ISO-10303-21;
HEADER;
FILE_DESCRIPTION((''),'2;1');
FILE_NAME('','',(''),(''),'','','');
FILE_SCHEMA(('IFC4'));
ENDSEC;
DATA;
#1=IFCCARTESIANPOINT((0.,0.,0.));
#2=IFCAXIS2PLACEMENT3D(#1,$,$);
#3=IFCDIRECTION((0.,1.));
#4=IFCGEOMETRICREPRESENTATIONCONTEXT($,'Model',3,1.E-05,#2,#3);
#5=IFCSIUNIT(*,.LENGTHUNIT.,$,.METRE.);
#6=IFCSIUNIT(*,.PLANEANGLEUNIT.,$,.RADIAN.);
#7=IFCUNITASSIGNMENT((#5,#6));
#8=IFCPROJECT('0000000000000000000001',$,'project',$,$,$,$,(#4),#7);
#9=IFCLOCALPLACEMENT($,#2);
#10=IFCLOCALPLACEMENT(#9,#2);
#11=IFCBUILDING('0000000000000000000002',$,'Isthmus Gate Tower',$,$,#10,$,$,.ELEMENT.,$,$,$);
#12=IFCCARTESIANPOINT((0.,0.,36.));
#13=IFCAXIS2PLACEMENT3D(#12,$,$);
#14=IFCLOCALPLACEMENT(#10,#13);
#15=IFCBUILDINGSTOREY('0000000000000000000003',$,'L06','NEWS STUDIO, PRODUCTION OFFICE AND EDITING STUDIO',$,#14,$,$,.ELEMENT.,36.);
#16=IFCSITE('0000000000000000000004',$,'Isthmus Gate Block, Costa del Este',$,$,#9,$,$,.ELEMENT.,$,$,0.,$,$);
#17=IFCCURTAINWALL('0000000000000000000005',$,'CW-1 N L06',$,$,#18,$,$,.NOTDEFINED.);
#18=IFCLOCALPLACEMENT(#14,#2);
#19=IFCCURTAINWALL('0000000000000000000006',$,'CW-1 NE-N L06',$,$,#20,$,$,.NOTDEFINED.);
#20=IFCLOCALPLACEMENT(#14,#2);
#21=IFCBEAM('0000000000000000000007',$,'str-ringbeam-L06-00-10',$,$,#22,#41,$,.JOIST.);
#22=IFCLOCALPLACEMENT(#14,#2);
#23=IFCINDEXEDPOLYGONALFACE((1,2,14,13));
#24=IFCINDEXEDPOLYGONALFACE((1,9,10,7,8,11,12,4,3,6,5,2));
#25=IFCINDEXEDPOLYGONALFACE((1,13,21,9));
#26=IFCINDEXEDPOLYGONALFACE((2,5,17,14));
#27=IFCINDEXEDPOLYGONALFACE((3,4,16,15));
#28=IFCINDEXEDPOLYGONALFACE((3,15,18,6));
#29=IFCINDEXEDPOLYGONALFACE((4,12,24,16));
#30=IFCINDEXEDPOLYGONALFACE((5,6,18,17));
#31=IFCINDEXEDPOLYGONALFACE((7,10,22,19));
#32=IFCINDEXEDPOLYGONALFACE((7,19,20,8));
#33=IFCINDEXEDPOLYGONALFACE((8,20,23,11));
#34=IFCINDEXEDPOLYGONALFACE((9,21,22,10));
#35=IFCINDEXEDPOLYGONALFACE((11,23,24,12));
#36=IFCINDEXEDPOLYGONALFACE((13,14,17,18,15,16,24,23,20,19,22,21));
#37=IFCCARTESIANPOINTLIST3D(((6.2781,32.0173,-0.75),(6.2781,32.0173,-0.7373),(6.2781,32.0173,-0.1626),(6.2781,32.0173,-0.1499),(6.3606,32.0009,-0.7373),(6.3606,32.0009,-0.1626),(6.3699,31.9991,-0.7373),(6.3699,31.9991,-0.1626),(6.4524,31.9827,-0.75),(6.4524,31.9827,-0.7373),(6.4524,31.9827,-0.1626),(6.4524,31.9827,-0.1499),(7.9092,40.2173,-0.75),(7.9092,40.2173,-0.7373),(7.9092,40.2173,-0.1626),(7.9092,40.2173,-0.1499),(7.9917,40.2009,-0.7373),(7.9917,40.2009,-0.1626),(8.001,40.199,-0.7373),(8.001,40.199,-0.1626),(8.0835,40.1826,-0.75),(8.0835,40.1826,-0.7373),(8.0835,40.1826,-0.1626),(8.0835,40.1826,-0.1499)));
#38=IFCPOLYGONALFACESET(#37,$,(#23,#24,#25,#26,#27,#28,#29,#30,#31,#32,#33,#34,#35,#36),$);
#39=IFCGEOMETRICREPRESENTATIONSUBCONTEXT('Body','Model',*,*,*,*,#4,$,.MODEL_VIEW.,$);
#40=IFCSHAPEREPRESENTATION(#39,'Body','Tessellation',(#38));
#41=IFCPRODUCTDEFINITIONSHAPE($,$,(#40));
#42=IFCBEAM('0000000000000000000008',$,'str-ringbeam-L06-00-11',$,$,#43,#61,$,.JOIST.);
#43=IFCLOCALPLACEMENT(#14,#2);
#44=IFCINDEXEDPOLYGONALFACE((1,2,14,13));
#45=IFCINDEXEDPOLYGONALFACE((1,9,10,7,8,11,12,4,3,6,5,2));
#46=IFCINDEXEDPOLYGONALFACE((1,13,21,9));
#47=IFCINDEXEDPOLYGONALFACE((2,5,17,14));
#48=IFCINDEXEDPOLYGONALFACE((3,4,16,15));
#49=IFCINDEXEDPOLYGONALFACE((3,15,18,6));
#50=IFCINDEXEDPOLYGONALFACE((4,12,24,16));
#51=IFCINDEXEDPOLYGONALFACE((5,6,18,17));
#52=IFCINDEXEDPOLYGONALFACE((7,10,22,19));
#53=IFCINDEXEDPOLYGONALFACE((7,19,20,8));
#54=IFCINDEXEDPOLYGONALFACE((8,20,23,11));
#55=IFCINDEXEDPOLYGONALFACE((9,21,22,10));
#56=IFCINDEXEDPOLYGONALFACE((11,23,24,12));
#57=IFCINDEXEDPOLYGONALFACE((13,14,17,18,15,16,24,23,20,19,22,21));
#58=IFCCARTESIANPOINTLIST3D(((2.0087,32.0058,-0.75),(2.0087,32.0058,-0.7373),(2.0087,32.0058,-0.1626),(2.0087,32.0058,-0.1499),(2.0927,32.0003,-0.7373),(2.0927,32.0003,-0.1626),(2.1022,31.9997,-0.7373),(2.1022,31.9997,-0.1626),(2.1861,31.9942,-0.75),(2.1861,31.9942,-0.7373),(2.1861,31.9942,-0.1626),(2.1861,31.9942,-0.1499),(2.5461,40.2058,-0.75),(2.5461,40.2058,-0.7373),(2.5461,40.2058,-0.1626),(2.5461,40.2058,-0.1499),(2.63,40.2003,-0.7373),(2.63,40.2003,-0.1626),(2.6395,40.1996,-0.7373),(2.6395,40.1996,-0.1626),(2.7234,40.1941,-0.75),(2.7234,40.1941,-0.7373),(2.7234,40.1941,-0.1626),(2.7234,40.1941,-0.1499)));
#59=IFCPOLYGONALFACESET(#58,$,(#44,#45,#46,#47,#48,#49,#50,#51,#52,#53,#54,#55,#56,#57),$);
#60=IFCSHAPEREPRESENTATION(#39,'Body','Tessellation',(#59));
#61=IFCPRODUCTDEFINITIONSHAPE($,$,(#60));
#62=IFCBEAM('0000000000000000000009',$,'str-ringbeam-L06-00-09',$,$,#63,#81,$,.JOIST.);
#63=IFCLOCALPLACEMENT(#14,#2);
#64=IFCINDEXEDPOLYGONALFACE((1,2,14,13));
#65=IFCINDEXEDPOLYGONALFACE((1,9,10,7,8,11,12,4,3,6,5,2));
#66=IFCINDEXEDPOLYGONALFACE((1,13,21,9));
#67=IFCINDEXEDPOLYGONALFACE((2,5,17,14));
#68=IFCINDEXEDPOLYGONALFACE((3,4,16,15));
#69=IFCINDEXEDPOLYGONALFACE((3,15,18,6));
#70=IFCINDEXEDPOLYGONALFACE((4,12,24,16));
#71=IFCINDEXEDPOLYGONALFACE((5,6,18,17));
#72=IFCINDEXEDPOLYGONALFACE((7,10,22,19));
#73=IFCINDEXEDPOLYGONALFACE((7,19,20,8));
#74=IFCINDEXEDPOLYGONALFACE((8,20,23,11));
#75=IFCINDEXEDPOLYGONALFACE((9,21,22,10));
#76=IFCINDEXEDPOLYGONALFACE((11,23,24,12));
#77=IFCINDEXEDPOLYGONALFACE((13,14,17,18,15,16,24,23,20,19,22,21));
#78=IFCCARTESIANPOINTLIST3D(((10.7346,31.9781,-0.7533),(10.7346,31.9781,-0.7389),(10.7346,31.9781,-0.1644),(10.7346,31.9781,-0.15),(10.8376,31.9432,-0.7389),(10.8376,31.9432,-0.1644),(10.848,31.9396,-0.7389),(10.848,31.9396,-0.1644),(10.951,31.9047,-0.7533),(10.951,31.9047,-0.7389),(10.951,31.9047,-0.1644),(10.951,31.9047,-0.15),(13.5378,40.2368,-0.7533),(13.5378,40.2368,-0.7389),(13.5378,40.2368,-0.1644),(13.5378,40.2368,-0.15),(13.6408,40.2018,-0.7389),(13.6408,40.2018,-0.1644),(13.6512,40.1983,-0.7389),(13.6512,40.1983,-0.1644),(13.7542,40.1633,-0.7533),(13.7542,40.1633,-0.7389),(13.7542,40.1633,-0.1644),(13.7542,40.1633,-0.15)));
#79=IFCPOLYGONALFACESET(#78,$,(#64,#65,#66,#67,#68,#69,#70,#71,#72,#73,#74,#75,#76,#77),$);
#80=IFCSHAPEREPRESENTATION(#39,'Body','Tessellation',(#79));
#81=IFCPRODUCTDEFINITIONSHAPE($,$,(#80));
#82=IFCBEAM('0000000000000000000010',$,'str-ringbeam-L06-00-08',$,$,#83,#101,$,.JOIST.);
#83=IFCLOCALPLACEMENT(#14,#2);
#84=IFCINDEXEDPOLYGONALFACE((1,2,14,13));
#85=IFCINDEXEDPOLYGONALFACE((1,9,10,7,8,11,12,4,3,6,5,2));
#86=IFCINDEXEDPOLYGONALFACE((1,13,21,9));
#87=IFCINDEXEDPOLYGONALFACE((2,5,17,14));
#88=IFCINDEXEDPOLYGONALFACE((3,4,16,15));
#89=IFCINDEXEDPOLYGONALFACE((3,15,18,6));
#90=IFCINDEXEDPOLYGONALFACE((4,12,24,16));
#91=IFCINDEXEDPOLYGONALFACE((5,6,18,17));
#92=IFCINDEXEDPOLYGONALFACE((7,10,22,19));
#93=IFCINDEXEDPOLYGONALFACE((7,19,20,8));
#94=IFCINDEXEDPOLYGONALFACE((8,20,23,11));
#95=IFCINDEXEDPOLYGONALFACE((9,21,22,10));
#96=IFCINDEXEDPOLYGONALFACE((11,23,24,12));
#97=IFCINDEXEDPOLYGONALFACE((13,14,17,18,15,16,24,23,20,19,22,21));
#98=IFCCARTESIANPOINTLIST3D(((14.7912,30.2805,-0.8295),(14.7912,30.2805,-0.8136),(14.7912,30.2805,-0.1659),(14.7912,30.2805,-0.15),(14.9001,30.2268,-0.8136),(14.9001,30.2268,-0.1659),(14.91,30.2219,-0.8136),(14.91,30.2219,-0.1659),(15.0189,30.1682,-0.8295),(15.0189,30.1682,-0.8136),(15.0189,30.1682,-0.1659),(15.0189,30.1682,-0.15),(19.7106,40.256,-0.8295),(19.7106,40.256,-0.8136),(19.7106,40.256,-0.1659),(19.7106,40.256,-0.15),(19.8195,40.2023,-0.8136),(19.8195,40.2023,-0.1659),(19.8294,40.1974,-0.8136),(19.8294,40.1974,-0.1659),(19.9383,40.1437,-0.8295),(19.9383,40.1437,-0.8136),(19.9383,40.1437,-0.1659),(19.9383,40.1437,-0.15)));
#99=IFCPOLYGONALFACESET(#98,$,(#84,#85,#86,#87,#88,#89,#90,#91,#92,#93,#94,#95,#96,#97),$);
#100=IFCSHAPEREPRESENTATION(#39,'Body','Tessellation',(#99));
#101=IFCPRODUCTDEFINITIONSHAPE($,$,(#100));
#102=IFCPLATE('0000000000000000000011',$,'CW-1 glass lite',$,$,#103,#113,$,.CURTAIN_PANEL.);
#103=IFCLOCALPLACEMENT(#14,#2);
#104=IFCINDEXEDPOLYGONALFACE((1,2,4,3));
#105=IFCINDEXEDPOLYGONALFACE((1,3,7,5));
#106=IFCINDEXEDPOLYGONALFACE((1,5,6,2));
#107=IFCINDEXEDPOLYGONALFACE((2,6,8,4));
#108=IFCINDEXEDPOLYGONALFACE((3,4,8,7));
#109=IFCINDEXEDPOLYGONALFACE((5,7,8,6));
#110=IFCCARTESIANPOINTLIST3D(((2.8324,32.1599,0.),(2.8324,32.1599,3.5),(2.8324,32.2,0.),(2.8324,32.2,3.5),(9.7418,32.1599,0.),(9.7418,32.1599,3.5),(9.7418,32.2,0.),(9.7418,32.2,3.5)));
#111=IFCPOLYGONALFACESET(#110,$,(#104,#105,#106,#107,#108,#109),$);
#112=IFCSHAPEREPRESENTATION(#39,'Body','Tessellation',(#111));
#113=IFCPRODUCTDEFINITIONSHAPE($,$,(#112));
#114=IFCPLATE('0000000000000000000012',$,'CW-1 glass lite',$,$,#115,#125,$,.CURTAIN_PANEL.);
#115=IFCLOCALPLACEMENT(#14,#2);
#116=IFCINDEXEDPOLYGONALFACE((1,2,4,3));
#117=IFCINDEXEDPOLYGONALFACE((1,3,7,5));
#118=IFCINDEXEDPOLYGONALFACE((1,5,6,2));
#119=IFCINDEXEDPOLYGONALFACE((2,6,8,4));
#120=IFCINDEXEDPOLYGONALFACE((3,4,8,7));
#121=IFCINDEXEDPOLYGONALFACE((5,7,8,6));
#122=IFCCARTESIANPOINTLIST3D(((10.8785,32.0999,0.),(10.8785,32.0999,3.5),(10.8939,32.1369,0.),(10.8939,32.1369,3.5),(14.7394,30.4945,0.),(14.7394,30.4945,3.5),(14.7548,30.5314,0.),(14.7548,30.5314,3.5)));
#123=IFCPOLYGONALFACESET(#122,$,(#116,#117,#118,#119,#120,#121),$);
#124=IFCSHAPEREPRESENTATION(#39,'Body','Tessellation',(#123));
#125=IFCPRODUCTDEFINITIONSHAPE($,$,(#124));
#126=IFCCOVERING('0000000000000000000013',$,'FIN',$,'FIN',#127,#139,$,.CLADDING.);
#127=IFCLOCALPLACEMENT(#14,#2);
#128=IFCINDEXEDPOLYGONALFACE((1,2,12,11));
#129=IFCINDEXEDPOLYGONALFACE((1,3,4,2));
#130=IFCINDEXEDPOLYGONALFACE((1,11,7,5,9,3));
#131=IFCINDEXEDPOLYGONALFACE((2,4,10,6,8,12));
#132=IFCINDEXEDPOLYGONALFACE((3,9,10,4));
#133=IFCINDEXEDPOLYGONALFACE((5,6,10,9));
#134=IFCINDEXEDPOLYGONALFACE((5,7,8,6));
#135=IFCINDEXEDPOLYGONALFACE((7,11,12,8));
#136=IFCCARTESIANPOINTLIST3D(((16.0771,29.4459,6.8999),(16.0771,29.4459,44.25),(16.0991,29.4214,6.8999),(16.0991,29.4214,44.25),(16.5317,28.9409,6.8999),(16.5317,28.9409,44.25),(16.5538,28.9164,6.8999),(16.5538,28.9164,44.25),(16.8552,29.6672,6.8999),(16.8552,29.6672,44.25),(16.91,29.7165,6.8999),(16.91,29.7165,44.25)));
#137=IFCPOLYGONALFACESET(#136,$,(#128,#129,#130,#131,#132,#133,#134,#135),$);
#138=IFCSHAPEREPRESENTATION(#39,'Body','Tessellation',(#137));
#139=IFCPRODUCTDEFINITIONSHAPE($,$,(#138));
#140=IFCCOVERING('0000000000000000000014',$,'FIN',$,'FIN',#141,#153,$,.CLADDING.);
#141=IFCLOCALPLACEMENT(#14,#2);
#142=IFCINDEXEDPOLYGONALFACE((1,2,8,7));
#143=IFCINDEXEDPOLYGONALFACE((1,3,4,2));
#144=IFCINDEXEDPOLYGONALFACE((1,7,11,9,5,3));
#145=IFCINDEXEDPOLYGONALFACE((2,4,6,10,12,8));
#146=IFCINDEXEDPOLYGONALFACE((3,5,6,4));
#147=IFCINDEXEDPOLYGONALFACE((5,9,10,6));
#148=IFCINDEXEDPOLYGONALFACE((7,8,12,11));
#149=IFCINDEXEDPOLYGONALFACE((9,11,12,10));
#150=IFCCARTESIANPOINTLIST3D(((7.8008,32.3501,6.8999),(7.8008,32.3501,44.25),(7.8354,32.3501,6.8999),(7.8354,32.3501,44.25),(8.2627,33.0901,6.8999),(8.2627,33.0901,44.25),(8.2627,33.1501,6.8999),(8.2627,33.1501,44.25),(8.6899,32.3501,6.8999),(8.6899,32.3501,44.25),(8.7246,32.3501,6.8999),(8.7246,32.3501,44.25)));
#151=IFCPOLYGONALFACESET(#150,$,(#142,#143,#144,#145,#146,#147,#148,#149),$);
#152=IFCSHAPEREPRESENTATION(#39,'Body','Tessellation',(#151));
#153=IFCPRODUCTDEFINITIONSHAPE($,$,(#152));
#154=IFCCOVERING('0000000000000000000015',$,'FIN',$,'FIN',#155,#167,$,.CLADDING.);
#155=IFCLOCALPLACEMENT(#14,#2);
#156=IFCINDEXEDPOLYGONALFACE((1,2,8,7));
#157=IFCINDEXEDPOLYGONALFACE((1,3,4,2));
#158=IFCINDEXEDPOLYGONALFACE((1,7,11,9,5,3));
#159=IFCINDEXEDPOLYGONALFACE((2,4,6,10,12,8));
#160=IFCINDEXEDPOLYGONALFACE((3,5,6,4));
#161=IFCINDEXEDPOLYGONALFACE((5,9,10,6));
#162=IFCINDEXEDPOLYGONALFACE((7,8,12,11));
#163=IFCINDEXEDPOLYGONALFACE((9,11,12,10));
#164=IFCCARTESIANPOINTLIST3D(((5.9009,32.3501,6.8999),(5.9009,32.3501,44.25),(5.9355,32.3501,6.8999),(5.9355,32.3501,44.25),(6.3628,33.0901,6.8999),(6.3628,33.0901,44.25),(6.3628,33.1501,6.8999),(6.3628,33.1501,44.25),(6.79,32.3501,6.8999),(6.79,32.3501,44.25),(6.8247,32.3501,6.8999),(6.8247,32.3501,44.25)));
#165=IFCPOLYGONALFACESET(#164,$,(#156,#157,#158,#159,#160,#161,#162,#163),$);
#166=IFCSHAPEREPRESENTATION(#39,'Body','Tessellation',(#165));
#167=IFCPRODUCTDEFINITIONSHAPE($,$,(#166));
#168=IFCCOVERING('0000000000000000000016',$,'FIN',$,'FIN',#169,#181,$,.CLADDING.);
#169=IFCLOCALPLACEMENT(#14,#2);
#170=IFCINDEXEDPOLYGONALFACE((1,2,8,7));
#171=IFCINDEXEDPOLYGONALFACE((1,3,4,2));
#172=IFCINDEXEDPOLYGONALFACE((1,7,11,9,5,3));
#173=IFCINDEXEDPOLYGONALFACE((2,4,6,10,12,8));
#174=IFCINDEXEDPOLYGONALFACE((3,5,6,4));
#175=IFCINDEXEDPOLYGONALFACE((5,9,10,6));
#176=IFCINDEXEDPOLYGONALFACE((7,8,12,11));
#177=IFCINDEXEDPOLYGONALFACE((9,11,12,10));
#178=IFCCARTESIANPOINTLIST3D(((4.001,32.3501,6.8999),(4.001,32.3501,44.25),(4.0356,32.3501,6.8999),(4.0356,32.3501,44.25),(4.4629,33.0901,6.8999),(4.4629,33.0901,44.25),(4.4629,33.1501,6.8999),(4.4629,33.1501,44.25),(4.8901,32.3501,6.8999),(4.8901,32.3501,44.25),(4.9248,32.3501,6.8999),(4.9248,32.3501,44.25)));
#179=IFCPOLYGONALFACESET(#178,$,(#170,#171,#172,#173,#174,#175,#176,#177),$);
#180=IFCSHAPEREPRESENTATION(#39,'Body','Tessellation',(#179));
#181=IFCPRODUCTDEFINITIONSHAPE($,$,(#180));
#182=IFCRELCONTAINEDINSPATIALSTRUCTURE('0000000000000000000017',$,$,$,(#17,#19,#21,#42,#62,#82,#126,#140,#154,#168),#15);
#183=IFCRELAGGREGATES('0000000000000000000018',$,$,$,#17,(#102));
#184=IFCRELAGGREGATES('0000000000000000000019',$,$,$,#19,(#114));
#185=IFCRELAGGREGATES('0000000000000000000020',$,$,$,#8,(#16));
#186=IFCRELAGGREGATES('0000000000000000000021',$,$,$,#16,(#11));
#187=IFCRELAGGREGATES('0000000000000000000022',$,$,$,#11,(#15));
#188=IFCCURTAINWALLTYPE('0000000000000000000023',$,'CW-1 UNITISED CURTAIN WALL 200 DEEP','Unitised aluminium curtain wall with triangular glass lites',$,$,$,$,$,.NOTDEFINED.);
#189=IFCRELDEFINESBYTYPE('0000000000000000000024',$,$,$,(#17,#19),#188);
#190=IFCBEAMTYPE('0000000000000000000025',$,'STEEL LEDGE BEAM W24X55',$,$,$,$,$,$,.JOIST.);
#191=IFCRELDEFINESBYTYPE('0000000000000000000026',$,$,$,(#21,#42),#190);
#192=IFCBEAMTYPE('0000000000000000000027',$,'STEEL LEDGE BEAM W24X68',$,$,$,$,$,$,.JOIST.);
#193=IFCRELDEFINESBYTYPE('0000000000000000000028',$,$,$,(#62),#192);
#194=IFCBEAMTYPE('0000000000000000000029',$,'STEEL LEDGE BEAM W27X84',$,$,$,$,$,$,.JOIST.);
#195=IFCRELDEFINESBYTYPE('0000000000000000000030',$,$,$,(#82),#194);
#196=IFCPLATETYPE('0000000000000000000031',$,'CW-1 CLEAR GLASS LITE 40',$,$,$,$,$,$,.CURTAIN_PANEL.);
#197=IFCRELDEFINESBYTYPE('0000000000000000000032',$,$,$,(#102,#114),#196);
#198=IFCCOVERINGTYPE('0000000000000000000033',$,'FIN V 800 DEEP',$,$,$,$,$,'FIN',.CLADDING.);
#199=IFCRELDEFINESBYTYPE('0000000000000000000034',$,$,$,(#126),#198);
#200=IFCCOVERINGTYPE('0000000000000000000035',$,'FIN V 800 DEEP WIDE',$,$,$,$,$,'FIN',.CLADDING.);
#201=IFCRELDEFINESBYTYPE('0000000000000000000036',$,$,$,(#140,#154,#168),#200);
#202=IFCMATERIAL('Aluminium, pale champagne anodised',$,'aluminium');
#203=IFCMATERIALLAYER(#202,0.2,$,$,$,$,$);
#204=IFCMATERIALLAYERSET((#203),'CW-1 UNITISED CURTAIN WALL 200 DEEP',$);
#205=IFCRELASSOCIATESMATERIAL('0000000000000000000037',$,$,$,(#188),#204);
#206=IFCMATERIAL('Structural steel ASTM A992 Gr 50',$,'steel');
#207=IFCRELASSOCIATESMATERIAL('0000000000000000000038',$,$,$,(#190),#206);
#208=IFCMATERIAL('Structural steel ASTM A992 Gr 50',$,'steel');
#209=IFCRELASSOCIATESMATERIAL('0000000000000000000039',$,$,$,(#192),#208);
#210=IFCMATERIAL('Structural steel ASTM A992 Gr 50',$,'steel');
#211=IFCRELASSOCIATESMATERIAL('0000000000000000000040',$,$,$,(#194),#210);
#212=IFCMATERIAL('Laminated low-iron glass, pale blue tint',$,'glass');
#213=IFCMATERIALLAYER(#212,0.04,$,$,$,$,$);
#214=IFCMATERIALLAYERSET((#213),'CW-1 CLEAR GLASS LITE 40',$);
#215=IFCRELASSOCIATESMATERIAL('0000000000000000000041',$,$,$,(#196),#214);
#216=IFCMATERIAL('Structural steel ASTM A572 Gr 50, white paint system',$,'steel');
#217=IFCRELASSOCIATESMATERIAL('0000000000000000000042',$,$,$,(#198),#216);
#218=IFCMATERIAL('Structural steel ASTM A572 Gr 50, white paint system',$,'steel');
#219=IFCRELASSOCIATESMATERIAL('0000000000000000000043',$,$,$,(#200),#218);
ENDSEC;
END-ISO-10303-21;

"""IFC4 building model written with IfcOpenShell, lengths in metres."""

from ifc_helpers import new_model, si_unit, direction, frame, origin, origin_2d, place, context, subcontext, project, spatial, polyline, rectangle, i_section, outline, extrude, material, layer, layer_set, material_profile, profile_set, type_object, element, aggregate, save


model = new_model("IFC4")

# Units and contexts
model_context = context("Model", 3, precision=1e-05, world=origin(), true_north=direction((0.0, 1.0)))
body_context = subcontext(model_context, "Body", "Model", "MODEL_VIEW")
ifc_project = project(units=[si_unit("LENGTHUNIT", "METRE"), si_unit("PLANEANGLEUNIT", "RADIAN")], contexts=[model_context])

# Site, building, storey
site_placement = place(None, origin())
site = spatial("IfcSite", under=ifc_project, at=site_placement, Name="Isthmus Gate Block, Costa del Este", CompositionType="ELEMENT", RefElevation=0.0)
building_placement = place(site_placement, origin())
building = spatial("IfcBuilding", under=site, at=building_placement, Name="Isthmus Gate Tower", CompositionType="ELEMENT")
storey_placement = place(building_placement, frame((0.0, 0.0, 36.0)))
storey = spatial("IfcBuildingStorey", under=building, at=storey_placement, Name="L06", Description="NEWS STUDIO, PRODUCTION OFFICE AND EDITING STUDIO", CompositionType="ELEMENT", Elevation=36.0)

# Curtain walls
ifc_material_1 = material(Name="Aluminium, pale champagne anodised", Category="aluminium")
ifc_layer_1 = layer(ifc_material_1, 0.2)
ifc_layer_set_1 = layer_set([ifc_layer_1], Name="CW-1 UNITISED CURTAIN WALL 200 DEEP")
curtain_wall_type = type_object("IfcCurtainWallType", Name="CW-1 UNITISED CURTAIN WALL 200 DEEP", Description="Unitised aluminium curtain wall with triangular glass lites", PredefinedType="NOTDEFINED", material=ifc_layer_set_1)
curtain_wall_1_placement = place(storey_placement, origin())
curtain_wall_1 = element("IfcCurtainWall", 1, at=curtain_wall_1_placement, inside=storey, type_object=curtain_wall_type, Name="CW-1 N L06", PredefinedType="NOTDEFINED")
curtain_wall_2_placement = place(storey_placement, origin())
curtain_wall_2 = element("IfcCurtainWall", 2, at=curtain_wall_2_placement, inside=storey, type_object=curtain_wall_type, Name="CW-1 NE-N L06", PredefinedType="NOTDEFINED")

# Beams
ifc_material_2 = material(Name="Structural steel ASTM A992 Gr 50", Category="steel")
ifc_material_profile_1 = material_profile(ifc_material_2, i_section(OverallWidth=0.1777, OverallDepth=0.6001, WebThickness=0.0095, FlangeThickness=0.0127, at=origin_2d()), Name="W24X55")
ifc_profile_set_1 = profile_set([ifc_material_profile_1], Name="Structural steel ASTM A992 Gr 50")
beam_type_1 = type_object("IfcBeamType", Name="STEEL LEDGE BEAM W24X55", PredefinedType="JOIST", material=ifc_profile_set_1)
beam_1_placement = place(storey_placement, frame((6.3652, 32.0, -0.45), z_axis=(0.195094, 0.980785, 0.0), x_axis=(-0.980785, 0.195094, 0.0)))
element("IfcBeam", 3, at=beam_1_placement, inside=storey, type_object=beam_type_1, Name="str-ringbeam-L06-00-10", PredefinedType="JOIST", context=body_context, shape_type="SweptSolid", body=[
    extrude(i_section(OverallWidth=0.1777, OverallDepth=0.6001, WebThickness=0.0095, FlangeThickness=0.0127, at=origin_2d()), origin(), (0.0, 0.0, 1.0), 8.3606),
])
beam_2_placement = place(storey_placement, frame((2.0974, 32.0, -0.45), z_axis=(0.065391, 0.99786, 0.0), x_axis=(-0.99786, 0.065391, 0.0)))
element("IfcBeam", 4, at=beam_2_placement, inside=storey, type_object=beam_type_1, Name="str-ringbeam-L06-00-11", PredefinedType="JOIST", context=body_context, shape_type="SweptSolid", body=[
    extrude(i_section(OverallWidth=0.1777, OverallDepth=0.6001, WebThickness=0.0095, FlangeThickness=0.0127, at=origin_2d()), origin(), (0.0, 0.0, 1.0), 8.2175),
])
ifc_material_3 = material(Name="Structural steel ASTM A992 Gr 50", Category="steel")
ifc_material_profile_2 = material_profile(ifc_material_3, i_section(OverallWidth=0.2285, OverallDepth=0.6033, WebThickness=0.011, FlangeThickness=0.0144, at=origin_2d()), Name="W24X68")
ifc_profile_set_2 = profile_set([ifc_material_profile_2], Name="Structural steel ASTM A992 Gr 50")
beam_type_2 = type_object("IfcBeamType", Name="STEEL LEDGE BEAM W24X68", PredefinedType="JOIST", material=ifc_profile_set_2)
beam_3_placement = place(storey_placement, frame((10.8428, 31.9414, -0.4517), z_axis=(0.321421, 0.946936, 0.0), x_axis=(-0.946936, 0.321421, 0.0)))
element("IfcBeam", 5, at=beam_3_placement, inside=storey, type_object=beam_type_2, Name="str-ringbeam-L06-00-09", PredefinedType="JOIST", context=body_context, shape_type="SweptSolid", body=[
    extrude(i_section(OverallWidth=0.2285, OverallDepth=0.6033, WebThickness=0.011, FlangeThickness=0.0144, at=origin_2d()), origin(), (0.0, 0.0, 1.0), 8.7214),
])
ifc_material_4 = material(Name="Structural steel ASTM A992 Gr 50", Category="steel")
ifc_material_profile_3 = material_profile(ifc_material_4, i_section(OverallWidth=0.2539, OverallDepth=0.6794, WebThickness=0.011, FlangeThickness=0.0159, at=origin_2d()), Name="W27X84")
ifc_profile_set_3 = profile_set([ifc_material_profile_3], Name="Structural steel ASTM A992 Gr 50")
beam_type_3 = type_object("IfcBeamType", Name="STEEL LEDGE BEAM W27X84", PredefinedType="JOIST", material=ifc_profile_set_3)
beam_4_placement = place(storey_placement, frame((14.905, 30.2244, -0.4897), z_axis=(0.44229, 0.896872, 0.0), x_axis=(-0.896872, 0.44229, 0.0)))
element("IfcBeam", 6, at=beam_4_placement, inside=storey, type_object=beam_type_3, Name="str-ringbeam-L06-00-08", PredefinedType="JOIST", context=body_context, shape_type="SweptSolid", body=[
    extrude(i_section(OverallWidth=0.2539, OverallDepth=0.6794, WebThickness=0.011, FlangeThickness=0.0159, at=origin_2d()), origin(), (0.0, 0.0, 1.0), 11.1226),
])

# Plates
ifc_material_5 = material(Name="Laminated low-iron glass, pale blue tint", Category="glass")
ifc_layer_2 = layer(ifc_material_5, 0.04)
ifc_layer_set_2 = layer_set([ifc_layer_2], Name="CW-1 CLEAR GLASS LITE 40")
plate_type = type_object("IfcPlateType", Name="CW-1 CLEAR GLASS LITE 40", PredefinedType="CURTAIN_PANEL", material=ifc_layer_set_2)
plate_1_placement = place(storey_placement, frame((6.2871, 32.1799, 0.0), z_axis=(0.0, 0.0, 1.0), x_axis=(-1.0, 0.0, 0.0)))
plate_1 = element("IfcPlate", 7, at=plate_1_placement, type_object=plate_type, Name="CW-1 glass lite", PredefinedType="CURTAIN_PANEL", context=body_context, shape_type="SweptSolid", body=[
    extrude(rectangle(XDim=6.9094, YDim=0.04, at=origin_2d()), origin(), (0.0, 0.0, 1.0), 3.5),
])
aggregate(curtain_wall_1, [plate_1])
plate_2_placement = place(storey_placement, frame((12.8167, 31.3157, 0.0), z_axis=(0.0, 0.0, 1.0), x_axis=(-0.923353, 0.383952, 0.0)))
plate_2 = element("IfcPlate", 8, at=plate_2_placement, type_object=plate_type, Name="CW-1 glass lite", PredefinedType="CURTAIN_PANEL", context=body_context, shape_type="SweptSolid", body=[
    extrude(rectangle(XDim=4.1814, YDim=0.04, at=origin_2d()), origin(), (0.0, 0.0, 1.0), 3.5),
])
aggregate(curtain_wall_2, [plate_2])

# Coverings
ifc_material_6 = material(Name="Structural steel ASTM A572 Gr 50, white paint system", Category="steel")
ifc_material_profile_4 = material_profile(ifc_material_6, outline(polyline([(0.0, -0.3562), (0.8, 0.0), (0.0, 0.3562), (0.0, 0.3232), (0.7263, 0.0), (0.0, -0.3232), (0.0, -0.3562)])), Name="V800")
ifc_profile_set_4 = profile_set([ifc_material_profile_4], Name="Structural steel ASTM A572 Gr 50, white paint system")
covering_type_1 = type_object("IfcCoveringType", Name="FIN V 800 DEEP", ElementType="FIN", PredefinedType="CLADDING", material=ifc_profile_set_4)
covering_placement = place(storey_placement, frame((16.3154, 29.1812, 6.8999), z_axis=(0.0, 0.0, 1.0), x_axis=(0.743145, 0.669131, 0.0)))
element("IfcCovering", 9, at=covering_placement, inside=storey, type_object=covering_type_1, Name="FIN", ObjectType="FIN", PredefinedType="CLADDING", context=body_context, shape_type="SweptSolid", body=[
    extrude(outline(polyline([(0.0, -0.3562), (0.8, 0.0), (0.0, 0.3562), (0.0, 0.3232), (0.7263, 0.0), (0.0, -0.3232), (0.0, -0.3562)])), origin(), (0.0, 0.0, 1.0), 37.3501),
])
ifc_material_7 = material(Name="Structural steel ASTM A572 Gr 50, white paint system", Category="steel")
ifc_material_profile_5 = material_profile(ifc_material_7, outline(polyline([(0.0, -0.4619), (0.8, 0.0), (0.0, 0.4619), (0.0, 0.4272), (0.74, 0.0), (0.0, -0.4272), (0.0, -0.4619)])), Name="V800W")
ifc_profile_set_5 = profile_set([ifc_material_profile_5], Name="Structural steel ASTM A572 Gr 50, white paint system")
covering_type_2 = type_object("IfcCoveringType", Name="FIN V 800 DEEP WIDE", ElementType="FIN", PredefinedType="CLADDING", material=ifc_profile_set_5)
for number, where, z_axis, x_axis, name in (
    (10, (8.2627, 32.3501, 6.8999), (0.0, 0.0, 1.0), (0.0, 1.0, 0.0), "FIN"),
    (11, (6.3628, 32.3501, 6.8999), (0.0, 0.0, 1.0), (0.0, 1.0, 0.0), "FIN"),
    (12, (4.4629, 32.3501, 6.8999), (0.0, 0.0, 1.0), (0.0, 1.0, 0.0), "FIN"),
):
    element("IfcCovering", number, at=place(storey_placement, frame(where, z_axis=z_axis, x_axis=x_axis)), inside=storey, type_object=covering_type_2, Name=name, ObjectType="FIN", PredefinedType="CLADDING", context=body_context, shape_type="SweptSolid", body=[
        extrude(outline(polyline([(0.0, -0.4619), (0.8, 0.0), (0.0, 0.4619), (0.0, 0.4272), (0.74, 0.0), (0.0, -0.4272), (0.0, -0.4619)])), origin(), (0.0, 0.0, 1.0), 37.3501),
    ])

save(model, "model.ifc")
